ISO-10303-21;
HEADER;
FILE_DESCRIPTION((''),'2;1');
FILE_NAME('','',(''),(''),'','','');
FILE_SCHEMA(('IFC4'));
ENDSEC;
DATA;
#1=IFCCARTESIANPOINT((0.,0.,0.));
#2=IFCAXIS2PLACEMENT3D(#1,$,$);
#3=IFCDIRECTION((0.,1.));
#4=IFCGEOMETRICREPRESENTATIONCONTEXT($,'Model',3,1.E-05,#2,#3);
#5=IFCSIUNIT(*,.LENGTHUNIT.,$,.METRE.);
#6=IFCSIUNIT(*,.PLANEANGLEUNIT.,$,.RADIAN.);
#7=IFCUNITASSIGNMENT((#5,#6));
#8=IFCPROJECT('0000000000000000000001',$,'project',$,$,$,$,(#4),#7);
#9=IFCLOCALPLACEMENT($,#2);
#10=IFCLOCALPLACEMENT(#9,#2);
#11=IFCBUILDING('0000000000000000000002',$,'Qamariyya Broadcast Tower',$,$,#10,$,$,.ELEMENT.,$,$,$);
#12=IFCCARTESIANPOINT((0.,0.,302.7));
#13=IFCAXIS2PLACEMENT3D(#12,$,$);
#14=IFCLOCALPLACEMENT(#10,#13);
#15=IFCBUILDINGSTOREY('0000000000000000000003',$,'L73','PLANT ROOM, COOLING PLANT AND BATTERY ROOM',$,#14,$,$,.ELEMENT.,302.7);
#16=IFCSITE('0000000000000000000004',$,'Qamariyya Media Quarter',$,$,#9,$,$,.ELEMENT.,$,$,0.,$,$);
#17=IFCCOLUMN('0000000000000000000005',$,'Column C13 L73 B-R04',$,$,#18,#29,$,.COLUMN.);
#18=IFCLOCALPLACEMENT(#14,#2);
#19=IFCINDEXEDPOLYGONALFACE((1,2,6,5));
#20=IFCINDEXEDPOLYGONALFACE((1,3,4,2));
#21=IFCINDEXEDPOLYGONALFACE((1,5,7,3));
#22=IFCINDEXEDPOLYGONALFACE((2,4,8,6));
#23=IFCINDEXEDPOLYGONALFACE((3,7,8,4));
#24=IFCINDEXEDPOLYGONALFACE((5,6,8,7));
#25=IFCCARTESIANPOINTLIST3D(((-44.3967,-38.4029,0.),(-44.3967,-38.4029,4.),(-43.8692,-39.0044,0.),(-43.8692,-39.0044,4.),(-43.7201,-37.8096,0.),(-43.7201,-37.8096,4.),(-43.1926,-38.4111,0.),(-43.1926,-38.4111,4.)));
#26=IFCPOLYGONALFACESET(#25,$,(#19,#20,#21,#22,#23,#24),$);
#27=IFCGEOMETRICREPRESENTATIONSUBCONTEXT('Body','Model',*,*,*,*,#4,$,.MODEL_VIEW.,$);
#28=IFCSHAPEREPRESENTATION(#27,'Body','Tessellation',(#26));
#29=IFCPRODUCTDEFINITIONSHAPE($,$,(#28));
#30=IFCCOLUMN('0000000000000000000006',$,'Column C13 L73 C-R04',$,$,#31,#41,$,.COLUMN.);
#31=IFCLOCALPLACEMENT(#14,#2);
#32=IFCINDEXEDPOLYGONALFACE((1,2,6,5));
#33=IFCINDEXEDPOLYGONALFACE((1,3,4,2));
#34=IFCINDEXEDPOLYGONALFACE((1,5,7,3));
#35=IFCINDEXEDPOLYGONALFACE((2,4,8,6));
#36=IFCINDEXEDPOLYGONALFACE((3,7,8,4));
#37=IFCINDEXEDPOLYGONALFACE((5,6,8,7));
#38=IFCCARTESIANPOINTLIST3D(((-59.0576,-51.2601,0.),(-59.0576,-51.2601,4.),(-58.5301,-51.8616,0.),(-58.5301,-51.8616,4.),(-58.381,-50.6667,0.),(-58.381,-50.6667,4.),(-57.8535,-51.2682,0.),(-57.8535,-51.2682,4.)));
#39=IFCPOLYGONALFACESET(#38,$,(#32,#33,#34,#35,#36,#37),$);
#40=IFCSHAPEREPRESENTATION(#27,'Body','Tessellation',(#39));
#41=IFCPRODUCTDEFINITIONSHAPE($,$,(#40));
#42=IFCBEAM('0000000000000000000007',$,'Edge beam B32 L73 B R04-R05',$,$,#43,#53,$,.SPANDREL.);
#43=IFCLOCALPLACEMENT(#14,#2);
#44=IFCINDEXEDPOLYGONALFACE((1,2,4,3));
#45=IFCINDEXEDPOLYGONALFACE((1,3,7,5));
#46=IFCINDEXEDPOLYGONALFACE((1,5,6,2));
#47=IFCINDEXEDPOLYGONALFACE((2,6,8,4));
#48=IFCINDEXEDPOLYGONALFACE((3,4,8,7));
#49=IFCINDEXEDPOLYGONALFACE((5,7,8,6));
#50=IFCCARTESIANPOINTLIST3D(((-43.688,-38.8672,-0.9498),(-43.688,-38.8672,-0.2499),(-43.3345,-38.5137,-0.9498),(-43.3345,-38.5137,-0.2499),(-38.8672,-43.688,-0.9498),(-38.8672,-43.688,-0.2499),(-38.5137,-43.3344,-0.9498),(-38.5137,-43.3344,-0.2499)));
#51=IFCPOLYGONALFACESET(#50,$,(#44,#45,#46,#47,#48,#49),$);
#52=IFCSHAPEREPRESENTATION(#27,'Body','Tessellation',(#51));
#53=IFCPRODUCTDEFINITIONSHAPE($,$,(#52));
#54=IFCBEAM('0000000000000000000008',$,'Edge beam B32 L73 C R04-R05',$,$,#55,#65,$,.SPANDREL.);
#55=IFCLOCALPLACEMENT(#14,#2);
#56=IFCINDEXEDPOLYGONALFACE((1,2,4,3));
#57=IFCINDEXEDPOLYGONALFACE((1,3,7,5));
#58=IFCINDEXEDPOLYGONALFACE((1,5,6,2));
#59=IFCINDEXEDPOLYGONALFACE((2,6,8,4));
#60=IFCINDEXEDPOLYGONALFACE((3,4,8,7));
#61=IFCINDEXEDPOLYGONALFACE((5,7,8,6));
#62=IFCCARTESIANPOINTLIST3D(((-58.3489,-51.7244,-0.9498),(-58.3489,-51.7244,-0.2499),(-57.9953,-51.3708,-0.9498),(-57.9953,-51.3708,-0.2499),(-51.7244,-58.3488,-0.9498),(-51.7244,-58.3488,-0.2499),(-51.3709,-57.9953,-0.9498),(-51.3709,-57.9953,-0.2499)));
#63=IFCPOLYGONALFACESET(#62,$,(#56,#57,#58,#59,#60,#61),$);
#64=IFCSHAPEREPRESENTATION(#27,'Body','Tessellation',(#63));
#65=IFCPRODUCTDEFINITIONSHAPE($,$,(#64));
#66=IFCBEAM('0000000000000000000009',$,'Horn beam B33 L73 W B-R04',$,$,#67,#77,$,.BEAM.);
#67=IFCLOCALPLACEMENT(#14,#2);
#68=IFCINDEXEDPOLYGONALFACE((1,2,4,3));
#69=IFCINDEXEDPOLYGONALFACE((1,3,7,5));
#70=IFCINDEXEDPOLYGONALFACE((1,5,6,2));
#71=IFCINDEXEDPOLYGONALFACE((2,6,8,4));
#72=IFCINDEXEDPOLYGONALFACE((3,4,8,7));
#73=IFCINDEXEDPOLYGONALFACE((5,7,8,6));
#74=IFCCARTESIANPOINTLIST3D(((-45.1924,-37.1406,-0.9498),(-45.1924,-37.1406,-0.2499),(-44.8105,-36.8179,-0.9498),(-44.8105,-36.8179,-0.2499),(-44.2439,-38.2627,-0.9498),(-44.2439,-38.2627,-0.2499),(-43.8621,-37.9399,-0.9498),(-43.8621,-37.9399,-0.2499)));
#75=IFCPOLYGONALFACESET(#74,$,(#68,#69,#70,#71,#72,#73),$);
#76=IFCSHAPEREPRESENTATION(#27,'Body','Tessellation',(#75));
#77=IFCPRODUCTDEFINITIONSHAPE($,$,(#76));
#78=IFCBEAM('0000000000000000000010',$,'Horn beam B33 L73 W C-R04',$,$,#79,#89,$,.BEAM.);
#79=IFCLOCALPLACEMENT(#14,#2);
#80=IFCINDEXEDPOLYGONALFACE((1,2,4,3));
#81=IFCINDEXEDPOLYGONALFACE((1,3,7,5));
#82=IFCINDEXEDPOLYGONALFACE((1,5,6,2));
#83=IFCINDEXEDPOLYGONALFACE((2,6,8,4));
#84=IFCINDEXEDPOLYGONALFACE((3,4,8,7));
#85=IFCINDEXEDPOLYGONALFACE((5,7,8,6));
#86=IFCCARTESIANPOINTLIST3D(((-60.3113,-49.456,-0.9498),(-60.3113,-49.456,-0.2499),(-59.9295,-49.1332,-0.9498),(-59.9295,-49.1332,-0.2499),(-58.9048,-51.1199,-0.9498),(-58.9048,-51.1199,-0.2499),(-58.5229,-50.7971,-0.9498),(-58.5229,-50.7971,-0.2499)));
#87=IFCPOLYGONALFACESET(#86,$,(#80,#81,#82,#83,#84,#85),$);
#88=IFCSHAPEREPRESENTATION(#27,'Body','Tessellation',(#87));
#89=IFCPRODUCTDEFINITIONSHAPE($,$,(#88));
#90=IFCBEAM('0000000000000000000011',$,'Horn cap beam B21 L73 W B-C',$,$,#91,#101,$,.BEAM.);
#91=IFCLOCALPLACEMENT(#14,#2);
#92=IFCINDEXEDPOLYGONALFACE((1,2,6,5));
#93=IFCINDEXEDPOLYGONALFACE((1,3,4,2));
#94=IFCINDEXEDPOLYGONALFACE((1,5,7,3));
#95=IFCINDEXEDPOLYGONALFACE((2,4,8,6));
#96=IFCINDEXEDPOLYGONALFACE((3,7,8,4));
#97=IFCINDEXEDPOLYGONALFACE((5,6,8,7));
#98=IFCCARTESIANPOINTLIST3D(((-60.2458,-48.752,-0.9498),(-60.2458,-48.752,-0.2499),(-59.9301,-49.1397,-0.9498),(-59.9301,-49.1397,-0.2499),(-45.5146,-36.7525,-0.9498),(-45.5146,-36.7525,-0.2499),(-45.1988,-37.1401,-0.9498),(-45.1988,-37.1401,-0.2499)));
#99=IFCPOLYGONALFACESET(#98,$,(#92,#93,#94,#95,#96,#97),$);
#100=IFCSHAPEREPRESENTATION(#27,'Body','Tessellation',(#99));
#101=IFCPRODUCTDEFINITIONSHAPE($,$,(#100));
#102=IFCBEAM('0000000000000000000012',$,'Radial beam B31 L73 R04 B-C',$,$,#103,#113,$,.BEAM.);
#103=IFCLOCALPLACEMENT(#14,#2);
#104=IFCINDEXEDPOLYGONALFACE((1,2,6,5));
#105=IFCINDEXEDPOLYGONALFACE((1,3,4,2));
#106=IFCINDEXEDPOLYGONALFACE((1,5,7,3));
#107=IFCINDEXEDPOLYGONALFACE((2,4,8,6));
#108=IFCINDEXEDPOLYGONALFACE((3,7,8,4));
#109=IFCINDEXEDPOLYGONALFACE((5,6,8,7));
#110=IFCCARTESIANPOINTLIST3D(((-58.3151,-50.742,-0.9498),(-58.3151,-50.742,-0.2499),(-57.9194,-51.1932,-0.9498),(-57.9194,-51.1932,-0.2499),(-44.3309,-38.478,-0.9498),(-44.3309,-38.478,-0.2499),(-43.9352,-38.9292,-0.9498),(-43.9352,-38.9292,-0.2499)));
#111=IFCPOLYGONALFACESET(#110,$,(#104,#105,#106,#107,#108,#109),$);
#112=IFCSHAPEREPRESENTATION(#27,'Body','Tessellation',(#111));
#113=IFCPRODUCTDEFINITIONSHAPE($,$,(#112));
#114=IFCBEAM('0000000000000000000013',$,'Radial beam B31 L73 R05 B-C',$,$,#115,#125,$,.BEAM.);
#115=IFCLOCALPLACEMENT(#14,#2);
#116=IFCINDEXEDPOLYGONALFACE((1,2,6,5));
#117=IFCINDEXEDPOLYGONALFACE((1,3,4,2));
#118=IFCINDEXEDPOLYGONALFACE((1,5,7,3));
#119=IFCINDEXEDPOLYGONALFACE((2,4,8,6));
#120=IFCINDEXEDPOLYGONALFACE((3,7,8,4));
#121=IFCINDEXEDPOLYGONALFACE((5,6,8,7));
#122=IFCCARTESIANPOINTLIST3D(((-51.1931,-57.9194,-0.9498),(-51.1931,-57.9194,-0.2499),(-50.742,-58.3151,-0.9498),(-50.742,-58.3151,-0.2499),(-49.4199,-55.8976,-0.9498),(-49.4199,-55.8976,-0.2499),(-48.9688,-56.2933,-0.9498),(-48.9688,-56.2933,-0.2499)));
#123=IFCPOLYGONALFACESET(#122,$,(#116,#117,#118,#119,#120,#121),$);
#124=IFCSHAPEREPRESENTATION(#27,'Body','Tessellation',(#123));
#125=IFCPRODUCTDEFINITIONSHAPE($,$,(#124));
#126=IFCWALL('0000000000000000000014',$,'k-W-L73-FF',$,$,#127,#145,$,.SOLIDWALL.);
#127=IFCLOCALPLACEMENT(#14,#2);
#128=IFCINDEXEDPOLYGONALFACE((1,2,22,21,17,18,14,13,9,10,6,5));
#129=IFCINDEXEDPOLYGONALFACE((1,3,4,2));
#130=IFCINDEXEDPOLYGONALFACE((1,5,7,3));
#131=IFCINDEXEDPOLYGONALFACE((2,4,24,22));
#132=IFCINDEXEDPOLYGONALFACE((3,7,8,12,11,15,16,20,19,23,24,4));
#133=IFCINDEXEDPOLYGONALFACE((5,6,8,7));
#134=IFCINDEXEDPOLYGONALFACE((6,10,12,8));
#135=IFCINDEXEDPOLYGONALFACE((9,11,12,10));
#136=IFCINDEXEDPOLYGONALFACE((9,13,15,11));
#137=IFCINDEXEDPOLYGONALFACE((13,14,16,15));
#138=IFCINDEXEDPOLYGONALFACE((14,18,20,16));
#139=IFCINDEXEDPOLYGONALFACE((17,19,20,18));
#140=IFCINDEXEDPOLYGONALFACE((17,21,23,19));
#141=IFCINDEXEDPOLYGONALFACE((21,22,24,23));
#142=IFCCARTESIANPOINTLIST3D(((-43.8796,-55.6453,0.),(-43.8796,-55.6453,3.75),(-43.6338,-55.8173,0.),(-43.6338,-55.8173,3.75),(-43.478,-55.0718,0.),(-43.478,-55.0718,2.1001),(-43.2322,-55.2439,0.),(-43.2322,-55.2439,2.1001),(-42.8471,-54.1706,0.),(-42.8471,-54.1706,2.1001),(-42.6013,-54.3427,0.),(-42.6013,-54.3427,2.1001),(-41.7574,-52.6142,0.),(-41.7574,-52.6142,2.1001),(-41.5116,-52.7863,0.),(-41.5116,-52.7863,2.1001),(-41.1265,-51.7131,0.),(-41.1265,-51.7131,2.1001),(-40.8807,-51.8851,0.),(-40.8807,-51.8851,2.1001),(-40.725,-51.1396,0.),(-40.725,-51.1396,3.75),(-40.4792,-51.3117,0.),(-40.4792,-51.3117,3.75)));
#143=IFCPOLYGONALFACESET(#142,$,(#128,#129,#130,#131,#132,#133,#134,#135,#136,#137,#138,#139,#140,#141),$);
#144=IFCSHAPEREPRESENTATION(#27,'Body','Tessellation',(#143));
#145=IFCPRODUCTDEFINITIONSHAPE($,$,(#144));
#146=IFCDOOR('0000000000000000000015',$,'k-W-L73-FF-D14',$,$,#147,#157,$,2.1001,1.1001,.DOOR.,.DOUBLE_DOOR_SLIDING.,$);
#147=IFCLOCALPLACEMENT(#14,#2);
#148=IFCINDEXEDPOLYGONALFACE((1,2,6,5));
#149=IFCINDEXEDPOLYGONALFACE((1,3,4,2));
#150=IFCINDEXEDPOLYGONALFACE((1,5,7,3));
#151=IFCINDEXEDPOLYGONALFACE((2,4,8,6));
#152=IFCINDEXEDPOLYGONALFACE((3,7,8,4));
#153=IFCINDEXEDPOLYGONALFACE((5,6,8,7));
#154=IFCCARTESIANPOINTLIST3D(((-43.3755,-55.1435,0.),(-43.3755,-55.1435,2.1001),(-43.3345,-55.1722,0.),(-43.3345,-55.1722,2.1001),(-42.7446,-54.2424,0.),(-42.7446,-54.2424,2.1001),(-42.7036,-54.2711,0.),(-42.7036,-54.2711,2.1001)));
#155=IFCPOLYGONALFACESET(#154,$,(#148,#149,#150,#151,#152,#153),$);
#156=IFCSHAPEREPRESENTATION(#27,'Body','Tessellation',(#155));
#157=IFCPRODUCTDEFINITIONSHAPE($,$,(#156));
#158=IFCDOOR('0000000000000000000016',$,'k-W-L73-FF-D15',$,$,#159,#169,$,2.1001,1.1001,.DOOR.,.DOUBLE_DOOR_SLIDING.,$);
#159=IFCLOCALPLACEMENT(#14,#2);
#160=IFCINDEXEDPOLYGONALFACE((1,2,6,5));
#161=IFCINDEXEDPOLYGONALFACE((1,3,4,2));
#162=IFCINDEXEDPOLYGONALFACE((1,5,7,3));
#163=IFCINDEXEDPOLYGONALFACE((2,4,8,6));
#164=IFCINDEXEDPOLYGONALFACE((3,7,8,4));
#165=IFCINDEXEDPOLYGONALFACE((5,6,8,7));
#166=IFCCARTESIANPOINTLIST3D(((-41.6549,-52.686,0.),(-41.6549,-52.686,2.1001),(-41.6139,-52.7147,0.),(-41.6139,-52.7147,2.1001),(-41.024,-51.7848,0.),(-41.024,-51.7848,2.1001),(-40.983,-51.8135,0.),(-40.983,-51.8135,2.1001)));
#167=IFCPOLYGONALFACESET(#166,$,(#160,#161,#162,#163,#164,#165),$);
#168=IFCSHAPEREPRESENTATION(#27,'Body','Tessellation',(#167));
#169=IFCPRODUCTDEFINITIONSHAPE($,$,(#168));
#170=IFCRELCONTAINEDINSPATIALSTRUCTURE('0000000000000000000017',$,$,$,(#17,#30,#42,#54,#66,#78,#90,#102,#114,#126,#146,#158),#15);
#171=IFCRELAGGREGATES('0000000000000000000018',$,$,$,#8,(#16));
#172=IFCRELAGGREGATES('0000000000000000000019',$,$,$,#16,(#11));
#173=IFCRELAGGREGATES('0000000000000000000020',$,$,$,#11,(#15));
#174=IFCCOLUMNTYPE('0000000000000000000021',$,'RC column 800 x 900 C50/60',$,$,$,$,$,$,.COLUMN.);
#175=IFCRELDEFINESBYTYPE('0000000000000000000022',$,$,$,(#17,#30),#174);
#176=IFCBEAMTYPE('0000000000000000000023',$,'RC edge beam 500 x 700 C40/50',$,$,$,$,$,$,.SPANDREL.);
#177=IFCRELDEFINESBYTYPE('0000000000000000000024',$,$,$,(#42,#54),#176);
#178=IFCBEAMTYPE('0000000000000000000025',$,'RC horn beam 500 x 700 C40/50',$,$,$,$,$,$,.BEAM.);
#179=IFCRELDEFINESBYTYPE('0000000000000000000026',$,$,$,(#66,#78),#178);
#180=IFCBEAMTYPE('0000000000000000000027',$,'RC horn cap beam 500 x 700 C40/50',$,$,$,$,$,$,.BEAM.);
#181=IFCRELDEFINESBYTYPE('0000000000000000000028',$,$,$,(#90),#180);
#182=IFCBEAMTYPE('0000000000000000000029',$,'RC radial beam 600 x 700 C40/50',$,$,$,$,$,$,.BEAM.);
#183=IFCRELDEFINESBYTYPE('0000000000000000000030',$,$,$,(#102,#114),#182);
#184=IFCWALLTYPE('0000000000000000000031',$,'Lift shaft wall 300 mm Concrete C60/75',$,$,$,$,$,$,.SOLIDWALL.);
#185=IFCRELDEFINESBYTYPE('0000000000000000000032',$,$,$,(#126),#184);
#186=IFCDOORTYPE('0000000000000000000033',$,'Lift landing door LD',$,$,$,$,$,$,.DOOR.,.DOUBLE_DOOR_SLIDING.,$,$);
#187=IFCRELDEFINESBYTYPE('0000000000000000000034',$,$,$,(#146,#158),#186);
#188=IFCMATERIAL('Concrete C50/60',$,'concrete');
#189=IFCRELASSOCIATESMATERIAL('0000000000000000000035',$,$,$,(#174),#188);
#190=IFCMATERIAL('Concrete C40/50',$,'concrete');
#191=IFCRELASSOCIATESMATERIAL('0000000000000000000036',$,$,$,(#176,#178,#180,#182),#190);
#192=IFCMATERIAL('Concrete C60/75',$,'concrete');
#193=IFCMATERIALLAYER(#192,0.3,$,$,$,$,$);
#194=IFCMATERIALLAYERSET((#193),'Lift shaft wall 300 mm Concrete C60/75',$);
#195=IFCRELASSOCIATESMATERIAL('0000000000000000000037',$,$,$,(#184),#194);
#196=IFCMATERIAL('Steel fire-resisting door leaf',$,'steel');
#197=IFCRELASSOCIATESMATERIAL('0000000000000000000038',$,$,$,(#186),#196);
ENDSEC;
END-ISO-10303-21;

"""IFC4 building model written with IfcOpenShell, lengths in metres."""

from ifc_helpers import new_model, si_unit, direction, frame, frame_2d, origin, origin_2d, place, context, subcontext, project, spatial, rectangle, extrude, material, layer, layer_set, material_profile, profile_set, type_object, element, fill, save


model = new_model("IFC4")

# Units and contexts
model_context = context("Model", 3, precision=1e-05, world=origin(), true_north=direction((0.0, 1.0)))
body_context = subcontext(model_context, "Body", "Model", "MODEL_VIEW")
ifc_project = project(units=[si_unit("LENGTHUNIT", "METRE"), si_unit("PLANEANGLEUNIT", "RADIAN")], contexts=[model_context])

# Site, building, storey
site_placement = place(None, origin())
site = spatial("IfcSite", under=ifc_project, at=site_placement, Name="Qamariyya Media Quarter", CompositionType="ELEMENT", RefElevation=0.0)
building_placement = place(site_placement, origin())
building = spatial("IfcBuilding", under=site, at=building_placement, Name="Qamariyya Broadcast Tower", CompositionType="ELEMENT")
storey_placement = place(building_placement, frame((0.0, 0.0, 302.7)))
storey = spatial("IfcBuildingStorey", under=building, at=storey_placement, Name="L73", Description="PLANT ROOM, COOLING PLANT AND BATTERY ROOM", CompositionType="ELEMENT", Elevation=302.7)

# Columns
ifc_material_1 = material(Name="Concrete C50/60", Category="concrete")
ifc_material_profile_1 = material_profile(ifc_material_1, rectangle(XDim=0.8, YDim=0.8999, at=origin_2d()))
ifc_profile_set_1 = profile_set([ifc_material_profile_1], Name="Concrete C50/60")
column_type = type_object("IfcColumnType", Name="RC column 800 x 900 C50/60", PredefinedType="COLUMN", material=ifc_profile_set_1)
for number, where, z_axis, x_axis, name in (
    (1, (-43.7947, -38.407, 0.0), (0.0, 0.0, 1.0), (0.659346, -0.75184, 0.0), "Column C13 L73 B-R04"),
    (2, (-58.4556, -51.2642, 0.0), (0.0, 0.0, 1.0), (0.659346, -0.75184, 0.0), "Column C13 L73 C-R04"),
):
    element("IfcColumn", number, at=place(storey_placement, frame(where, z_axis=z_axis, x_axis=x_axis)), inside=storey, type_object=column_type, Name=name, PredefinedType="COLUMN", context=body_context, shape_type="SweptSolid", body=[
        extrude(rectangle(XDim=0.8, YDim=0.8999, at=origin_2d()), origin(), (0.0, 0.0, 1.0), 4.0),
    ])

# Beams
ifc_material_2 = material(Name="Concrete C40/50", Category="concrete")
ifc_material_profile_2 = material_profile(ifc_material_2, rectangle(XDim=0.5, YDim=0.7, at=origin_2d()))
ifc_profile_set_2 = profile_set([ifc_material_profile_2], Name="Concrete C40/50")
beam_type_1 = type_object("IfcBeamType", Name="RC edge beam 500 x 700 C40/50", PredefinedType="SPANDREL", material=ifc_profile_set_2)
beam_1_placement = place(storey_placement, frame((-43.5112, -38.6904, -0.5999), z_axis=(0.707107, -0.707107, 0.0), x_axis=(0.707107, 0.707107, 0.0)))
element("IfcBeam", 3, at=beam_1_placement, inside=storey, type_object=beam_type_1, Name="Edge beam B32 L73 B R04-R05", PredefinedType="SPANDREL", context=body_context, shape_type="SweptSolid", body=[
    extrude(rectangle(XDim=0.5, YDim=0.7, at=origin_2d()), origin(), (0.0, 0.0, 1.0), 6.8176),
])
beam_2_placement = place(storey_placement, frame((-58.1721, -51.5476, -0.5999), z_axis=(0.707107, -0.707107, 0.0), x_axis=(0.707107, 0.707107, 0.0)))
element("IfcBeam", 4, at=beam_2_placement, inside=storey, type_object=beam_type_1, Name="Edge beam B32 L73 C R04-R05", PredefinedType="SPANDREL", context=body_context, shape_type="SweptSolid", body=[
    extrude(rectangle(XDim=0.5, YDim=0.7, at=origin_2d()), origin(), (0.0, 0.0, 1.0), 9.3684),
])
ifc_material_profile_3 = material_profile(ifc_material_2, rectangle(XDim=0.5, YDim=0.7, at=origin_2d()))
ifc_profile_set_3 = profile_set([ifc_material_profile_3], Name="Concrete C40/50")
beam_type_2 = type_object("IfcBeamType", Name="RC horn beam 500 x 700 C40/50", PredefinedType="BEAM", material=ifc_profile_set_3)
beam_3_placement = place(storey_placement, frame((-44.053, -38.1013, -0.5999), z_axis=(-0.645562, 0.763708, 0.0), x_axis=(-0.763708, -0.645562, 0.0)))
element("IfcBeam", 5, at=beam_3_placement, inside=storey, type_object=beam_type_2, Name="Horn beam B33 L73 W B-R04", PredefinedType="BEAM", context=body_context, shape_type="SweptSolid", body=[
    extrude(rectangle(XDim=0.5, YDim=0.7, at=origin_2d()), origin(), (0.0, 0.0, 1.0), 1.4692),
])
beam_4_placement = place(storey_placement, frame((-58.7139, -50.9585, -0.5999), z_axis=(-0.64558, 0.763692, 0.0), x_axis=(-0.763692, -0.64558, 0.0)))
element("IfcBeam", 6, at=beam_4_placement, inside=storey, type_object=beam_type_2, Name="Horn beam B33 L73 W C-R04", PredefinedType="BEAM", context=body_context, shape_type="SweptSolid", body=[
    extrude(rectangle(XDim=0.5, YDim=0.7, at=origin_2d()), origin(), (0.0, 0.0, 1.0), 2.1787),
])
ifc_material_profile_4 = material_profile(ifc_material_2, rectangle(XDim=0.5, YDim=0.7, at=origin_2d()))
ifc_profile_set_4 = profile_set([ifc_material_profile_4], Name="Concrete C40/50")
beam_type_3 = type_object("IfcBeamType", Name="RC horn cap beam 500 x 700 C40/50", PredefinedType="BEAM", material=ifc_profile_set_4)
beam_5_placement = place(storey_placement, frame((-45.3567, -36.9463, -0.5999), z_axis=(-0.77533, -0.631556, 0.0), x_axis=(0.631556, -0.77533, 0.0)))
element("IfcBeam", 7, at=beam_5_placement, inside=storey, type_object=beam_type_3, Name="Horn cap beam B21 L73 W B-C", PredefinedType="BEAM", context=body_context, shape_type="SweptSolid", body=[
    extrude(rectangle(XDim=0.5, YDim=0.7, at=origin_2d()), origin(), (0.0, 0.0, 1.0), 19.0),
])
ifc_material_profile_5 = material_profile(ifc_material_2, rectangle(XDim=0.6001, YDim=0.7, at=origin_2d()))
ifc_profile_set_5 = profile_set([ifc_material_profile_5], Name="Concrete C40/50")
beam_type_4 = type_object("IfcBeamType", Name="RC radial beam 600 x 700 C40/50", PredefinedType="BEAM", material=ifc_profile_set_5)
beam_6_placement = place(storey_placement, frame((-44.1331, -38.7036, -0.5999), z_axis=(-0.751835, -0.659351, 0.0), x_axis=(0.659351, -0.751835, 0.0)))
element("IfcBeam", 8, at=beam_6_placement, inside=storey, type_object=beam_type_4, Name="Radial beam B31 L73 R04 B-C", PredefinedType="BEAM", context=body_context, shape_type="SweptSolid", body=[
    extrude(rectangle(XDim=0.6001, YDim=0.7, at=origin_2d()), origin(), (0.0, 0.0, 1.0), 18.6001),
])
beam_7_placement = place(storey_placement, frame((-49.1943, -56.0955, -0.5999), z_axis=(-0.659385, -0.751806, 0.0), x_axis=(0.751806, -0.659385, 0.0)))
element("IfcBeam", 9, at=beam_7_placement, inside=storey, type_object=beam_type_4, Name="Radial beam B31 L73 R05 B-C", PredefinedType="BEAM", context=body_context, shape_type="SweptSolid", body=[
    extrude(rectangle(XDim=0.6001, YDim=0.7, at=origin_2d()), origin(), (0.0, 0.0, 1.0), 2.6892),
])

# Wall, openings, doors
ifc_material_3 = material(Name="Concrete C60/75", Category="concrete")
ifc_layer_1 = layer(ifc_material_3, 0.3)
ifc_layer_set_1 = layer_set([ifc_layer_1], Name="Lift shaft wall 300 mm Concrete C60/75")
wall_type_1 = type_object("IfcWallType", Name="Lift shaft wall 300 mm Concrete C60/75", PredefinedType="SOLIDWALL", material=ifc_layer_set_1)
wall_1_placement = place(storey_placement, frame((-43.7566, -55.7312, 0.0), z_axis=(0.0, 0.0, 1.0), x_axis=(0.573537, 0.81918, 0.0)))
wall_1 = element("IfcWall", 10, at=wall_1_placement, inside=storey, type_object=wall_type_1, Name="k-W-L73-FF", PredefinedType="SOLIDWALL", context=body_context, shape_type="SweptSolid", body=[
    extrude(rectangle(XDim=5.5002, YDim=0.3, at=frame_2d((2.75, 0.0))), origin(), (0.0, 0.0, 1.0), 3.75),
])
opening_1_placement = place(wall_1_placement, frame((0.7, 0.0, 0.0)))
opening_1 = element("IfcOpeningElement", 11, at=opening_1_placement, cuts=wall_1, PredefinedType="OPENING", context=body_context, shape_type="SweptSolid", body=[
    extrude(rectangle(XDim=1.1001, YDim=2.1001, at=frame_2d((0.55, 1.05))), frame((0.0, 0.1599, 0.0), z_axis=(0.0, -1.0, 0.0), x_axis=(1.0, 0.0, 0.0)), (0.0, 0.0, 1.0), 0.3201),
])
opening_2_placement = place(wall_1_placement, frame((3.7, 0.0, 0.0)))
opening_2 = element("IfcOpeningElement", 12, at=opening_2_placement, cuts=wall_1, PredefinedType="OPENING", context=body_context, shape_type="SweptSolid", body=[
    extrude(rectangle(XDim=1.1001, YDim=2.1001, at=frame_2d((0.55, 1.05))), frame((0.0, 0.1599, 0.0), z_axis=(0.0, -1.0, 0.0), x_axis=(1.0, 0.0, 0.0)), (0.0, 0.0, 1.0), 0.3201),
])
ifc_material_4 = material(Name="Steel fire-resisting door leaf", Category="steel")
door_type_1 = type_object("IfcDoorType", Name="Lift landing door LD", OperationType="DOUBLE_DOOR_SLIDING", PredefinedType="DOOR", material=ifc_material_4)
door_1_placement = place(opening_1_placement, origin())
door_1 = element("IfcDoor", 13, at=door_1_placement, inside=storey, type_object=door_type_1, Name="k-W-L73-FF-D14", OperationType="DOUBLE_DOOR_SLIDING", OverallHeight=2.1001, OverallWidth=1.1001, PredefinedType="DOOR", context=body_context, shape_type="SweptSolid", body=[
    extrude(rectangle(XDim=1.1001, YDim=2.1001, at=frame_2d((0.55, 1.05))), frame((0.0, 0.0249, 0.0), z_axis=(0.0, -1.0, 0.0), x_axis=(1.0, 0.0, 0.0)), (0.0, 0.0, 1.0), 0.05),
])
fill(opening_1, door_1)
door_2_placement = place(opening_2_placement, origin())
door_2 = element("IfcDoor", 14, at=door_2_placement, inside=storey, type_object=door_type_1, Name="k-W-L73-FF-D15", OperationType="DOUBLE_DOOR_SLIDING", OverallHeight=2.1001, OverallWidth=1.1001, PredefinedType="DOOR", context=body_context, shape_type="SweptSolid", body=[
    extrude(rectangle(XDim=1.1001, YDim=2.1001, at=frame_2d((0.55, 1.05))), frame((0.0, 0.0249, 0.0), z_axis=(0.0, -1.0, 0.0), x_axis=(1.0, 0.0, 0.0)), (0.0, 0.0, 1.0), 0.05),
])
fill(opening_2, door_2)

save(model, "model.ifc")
